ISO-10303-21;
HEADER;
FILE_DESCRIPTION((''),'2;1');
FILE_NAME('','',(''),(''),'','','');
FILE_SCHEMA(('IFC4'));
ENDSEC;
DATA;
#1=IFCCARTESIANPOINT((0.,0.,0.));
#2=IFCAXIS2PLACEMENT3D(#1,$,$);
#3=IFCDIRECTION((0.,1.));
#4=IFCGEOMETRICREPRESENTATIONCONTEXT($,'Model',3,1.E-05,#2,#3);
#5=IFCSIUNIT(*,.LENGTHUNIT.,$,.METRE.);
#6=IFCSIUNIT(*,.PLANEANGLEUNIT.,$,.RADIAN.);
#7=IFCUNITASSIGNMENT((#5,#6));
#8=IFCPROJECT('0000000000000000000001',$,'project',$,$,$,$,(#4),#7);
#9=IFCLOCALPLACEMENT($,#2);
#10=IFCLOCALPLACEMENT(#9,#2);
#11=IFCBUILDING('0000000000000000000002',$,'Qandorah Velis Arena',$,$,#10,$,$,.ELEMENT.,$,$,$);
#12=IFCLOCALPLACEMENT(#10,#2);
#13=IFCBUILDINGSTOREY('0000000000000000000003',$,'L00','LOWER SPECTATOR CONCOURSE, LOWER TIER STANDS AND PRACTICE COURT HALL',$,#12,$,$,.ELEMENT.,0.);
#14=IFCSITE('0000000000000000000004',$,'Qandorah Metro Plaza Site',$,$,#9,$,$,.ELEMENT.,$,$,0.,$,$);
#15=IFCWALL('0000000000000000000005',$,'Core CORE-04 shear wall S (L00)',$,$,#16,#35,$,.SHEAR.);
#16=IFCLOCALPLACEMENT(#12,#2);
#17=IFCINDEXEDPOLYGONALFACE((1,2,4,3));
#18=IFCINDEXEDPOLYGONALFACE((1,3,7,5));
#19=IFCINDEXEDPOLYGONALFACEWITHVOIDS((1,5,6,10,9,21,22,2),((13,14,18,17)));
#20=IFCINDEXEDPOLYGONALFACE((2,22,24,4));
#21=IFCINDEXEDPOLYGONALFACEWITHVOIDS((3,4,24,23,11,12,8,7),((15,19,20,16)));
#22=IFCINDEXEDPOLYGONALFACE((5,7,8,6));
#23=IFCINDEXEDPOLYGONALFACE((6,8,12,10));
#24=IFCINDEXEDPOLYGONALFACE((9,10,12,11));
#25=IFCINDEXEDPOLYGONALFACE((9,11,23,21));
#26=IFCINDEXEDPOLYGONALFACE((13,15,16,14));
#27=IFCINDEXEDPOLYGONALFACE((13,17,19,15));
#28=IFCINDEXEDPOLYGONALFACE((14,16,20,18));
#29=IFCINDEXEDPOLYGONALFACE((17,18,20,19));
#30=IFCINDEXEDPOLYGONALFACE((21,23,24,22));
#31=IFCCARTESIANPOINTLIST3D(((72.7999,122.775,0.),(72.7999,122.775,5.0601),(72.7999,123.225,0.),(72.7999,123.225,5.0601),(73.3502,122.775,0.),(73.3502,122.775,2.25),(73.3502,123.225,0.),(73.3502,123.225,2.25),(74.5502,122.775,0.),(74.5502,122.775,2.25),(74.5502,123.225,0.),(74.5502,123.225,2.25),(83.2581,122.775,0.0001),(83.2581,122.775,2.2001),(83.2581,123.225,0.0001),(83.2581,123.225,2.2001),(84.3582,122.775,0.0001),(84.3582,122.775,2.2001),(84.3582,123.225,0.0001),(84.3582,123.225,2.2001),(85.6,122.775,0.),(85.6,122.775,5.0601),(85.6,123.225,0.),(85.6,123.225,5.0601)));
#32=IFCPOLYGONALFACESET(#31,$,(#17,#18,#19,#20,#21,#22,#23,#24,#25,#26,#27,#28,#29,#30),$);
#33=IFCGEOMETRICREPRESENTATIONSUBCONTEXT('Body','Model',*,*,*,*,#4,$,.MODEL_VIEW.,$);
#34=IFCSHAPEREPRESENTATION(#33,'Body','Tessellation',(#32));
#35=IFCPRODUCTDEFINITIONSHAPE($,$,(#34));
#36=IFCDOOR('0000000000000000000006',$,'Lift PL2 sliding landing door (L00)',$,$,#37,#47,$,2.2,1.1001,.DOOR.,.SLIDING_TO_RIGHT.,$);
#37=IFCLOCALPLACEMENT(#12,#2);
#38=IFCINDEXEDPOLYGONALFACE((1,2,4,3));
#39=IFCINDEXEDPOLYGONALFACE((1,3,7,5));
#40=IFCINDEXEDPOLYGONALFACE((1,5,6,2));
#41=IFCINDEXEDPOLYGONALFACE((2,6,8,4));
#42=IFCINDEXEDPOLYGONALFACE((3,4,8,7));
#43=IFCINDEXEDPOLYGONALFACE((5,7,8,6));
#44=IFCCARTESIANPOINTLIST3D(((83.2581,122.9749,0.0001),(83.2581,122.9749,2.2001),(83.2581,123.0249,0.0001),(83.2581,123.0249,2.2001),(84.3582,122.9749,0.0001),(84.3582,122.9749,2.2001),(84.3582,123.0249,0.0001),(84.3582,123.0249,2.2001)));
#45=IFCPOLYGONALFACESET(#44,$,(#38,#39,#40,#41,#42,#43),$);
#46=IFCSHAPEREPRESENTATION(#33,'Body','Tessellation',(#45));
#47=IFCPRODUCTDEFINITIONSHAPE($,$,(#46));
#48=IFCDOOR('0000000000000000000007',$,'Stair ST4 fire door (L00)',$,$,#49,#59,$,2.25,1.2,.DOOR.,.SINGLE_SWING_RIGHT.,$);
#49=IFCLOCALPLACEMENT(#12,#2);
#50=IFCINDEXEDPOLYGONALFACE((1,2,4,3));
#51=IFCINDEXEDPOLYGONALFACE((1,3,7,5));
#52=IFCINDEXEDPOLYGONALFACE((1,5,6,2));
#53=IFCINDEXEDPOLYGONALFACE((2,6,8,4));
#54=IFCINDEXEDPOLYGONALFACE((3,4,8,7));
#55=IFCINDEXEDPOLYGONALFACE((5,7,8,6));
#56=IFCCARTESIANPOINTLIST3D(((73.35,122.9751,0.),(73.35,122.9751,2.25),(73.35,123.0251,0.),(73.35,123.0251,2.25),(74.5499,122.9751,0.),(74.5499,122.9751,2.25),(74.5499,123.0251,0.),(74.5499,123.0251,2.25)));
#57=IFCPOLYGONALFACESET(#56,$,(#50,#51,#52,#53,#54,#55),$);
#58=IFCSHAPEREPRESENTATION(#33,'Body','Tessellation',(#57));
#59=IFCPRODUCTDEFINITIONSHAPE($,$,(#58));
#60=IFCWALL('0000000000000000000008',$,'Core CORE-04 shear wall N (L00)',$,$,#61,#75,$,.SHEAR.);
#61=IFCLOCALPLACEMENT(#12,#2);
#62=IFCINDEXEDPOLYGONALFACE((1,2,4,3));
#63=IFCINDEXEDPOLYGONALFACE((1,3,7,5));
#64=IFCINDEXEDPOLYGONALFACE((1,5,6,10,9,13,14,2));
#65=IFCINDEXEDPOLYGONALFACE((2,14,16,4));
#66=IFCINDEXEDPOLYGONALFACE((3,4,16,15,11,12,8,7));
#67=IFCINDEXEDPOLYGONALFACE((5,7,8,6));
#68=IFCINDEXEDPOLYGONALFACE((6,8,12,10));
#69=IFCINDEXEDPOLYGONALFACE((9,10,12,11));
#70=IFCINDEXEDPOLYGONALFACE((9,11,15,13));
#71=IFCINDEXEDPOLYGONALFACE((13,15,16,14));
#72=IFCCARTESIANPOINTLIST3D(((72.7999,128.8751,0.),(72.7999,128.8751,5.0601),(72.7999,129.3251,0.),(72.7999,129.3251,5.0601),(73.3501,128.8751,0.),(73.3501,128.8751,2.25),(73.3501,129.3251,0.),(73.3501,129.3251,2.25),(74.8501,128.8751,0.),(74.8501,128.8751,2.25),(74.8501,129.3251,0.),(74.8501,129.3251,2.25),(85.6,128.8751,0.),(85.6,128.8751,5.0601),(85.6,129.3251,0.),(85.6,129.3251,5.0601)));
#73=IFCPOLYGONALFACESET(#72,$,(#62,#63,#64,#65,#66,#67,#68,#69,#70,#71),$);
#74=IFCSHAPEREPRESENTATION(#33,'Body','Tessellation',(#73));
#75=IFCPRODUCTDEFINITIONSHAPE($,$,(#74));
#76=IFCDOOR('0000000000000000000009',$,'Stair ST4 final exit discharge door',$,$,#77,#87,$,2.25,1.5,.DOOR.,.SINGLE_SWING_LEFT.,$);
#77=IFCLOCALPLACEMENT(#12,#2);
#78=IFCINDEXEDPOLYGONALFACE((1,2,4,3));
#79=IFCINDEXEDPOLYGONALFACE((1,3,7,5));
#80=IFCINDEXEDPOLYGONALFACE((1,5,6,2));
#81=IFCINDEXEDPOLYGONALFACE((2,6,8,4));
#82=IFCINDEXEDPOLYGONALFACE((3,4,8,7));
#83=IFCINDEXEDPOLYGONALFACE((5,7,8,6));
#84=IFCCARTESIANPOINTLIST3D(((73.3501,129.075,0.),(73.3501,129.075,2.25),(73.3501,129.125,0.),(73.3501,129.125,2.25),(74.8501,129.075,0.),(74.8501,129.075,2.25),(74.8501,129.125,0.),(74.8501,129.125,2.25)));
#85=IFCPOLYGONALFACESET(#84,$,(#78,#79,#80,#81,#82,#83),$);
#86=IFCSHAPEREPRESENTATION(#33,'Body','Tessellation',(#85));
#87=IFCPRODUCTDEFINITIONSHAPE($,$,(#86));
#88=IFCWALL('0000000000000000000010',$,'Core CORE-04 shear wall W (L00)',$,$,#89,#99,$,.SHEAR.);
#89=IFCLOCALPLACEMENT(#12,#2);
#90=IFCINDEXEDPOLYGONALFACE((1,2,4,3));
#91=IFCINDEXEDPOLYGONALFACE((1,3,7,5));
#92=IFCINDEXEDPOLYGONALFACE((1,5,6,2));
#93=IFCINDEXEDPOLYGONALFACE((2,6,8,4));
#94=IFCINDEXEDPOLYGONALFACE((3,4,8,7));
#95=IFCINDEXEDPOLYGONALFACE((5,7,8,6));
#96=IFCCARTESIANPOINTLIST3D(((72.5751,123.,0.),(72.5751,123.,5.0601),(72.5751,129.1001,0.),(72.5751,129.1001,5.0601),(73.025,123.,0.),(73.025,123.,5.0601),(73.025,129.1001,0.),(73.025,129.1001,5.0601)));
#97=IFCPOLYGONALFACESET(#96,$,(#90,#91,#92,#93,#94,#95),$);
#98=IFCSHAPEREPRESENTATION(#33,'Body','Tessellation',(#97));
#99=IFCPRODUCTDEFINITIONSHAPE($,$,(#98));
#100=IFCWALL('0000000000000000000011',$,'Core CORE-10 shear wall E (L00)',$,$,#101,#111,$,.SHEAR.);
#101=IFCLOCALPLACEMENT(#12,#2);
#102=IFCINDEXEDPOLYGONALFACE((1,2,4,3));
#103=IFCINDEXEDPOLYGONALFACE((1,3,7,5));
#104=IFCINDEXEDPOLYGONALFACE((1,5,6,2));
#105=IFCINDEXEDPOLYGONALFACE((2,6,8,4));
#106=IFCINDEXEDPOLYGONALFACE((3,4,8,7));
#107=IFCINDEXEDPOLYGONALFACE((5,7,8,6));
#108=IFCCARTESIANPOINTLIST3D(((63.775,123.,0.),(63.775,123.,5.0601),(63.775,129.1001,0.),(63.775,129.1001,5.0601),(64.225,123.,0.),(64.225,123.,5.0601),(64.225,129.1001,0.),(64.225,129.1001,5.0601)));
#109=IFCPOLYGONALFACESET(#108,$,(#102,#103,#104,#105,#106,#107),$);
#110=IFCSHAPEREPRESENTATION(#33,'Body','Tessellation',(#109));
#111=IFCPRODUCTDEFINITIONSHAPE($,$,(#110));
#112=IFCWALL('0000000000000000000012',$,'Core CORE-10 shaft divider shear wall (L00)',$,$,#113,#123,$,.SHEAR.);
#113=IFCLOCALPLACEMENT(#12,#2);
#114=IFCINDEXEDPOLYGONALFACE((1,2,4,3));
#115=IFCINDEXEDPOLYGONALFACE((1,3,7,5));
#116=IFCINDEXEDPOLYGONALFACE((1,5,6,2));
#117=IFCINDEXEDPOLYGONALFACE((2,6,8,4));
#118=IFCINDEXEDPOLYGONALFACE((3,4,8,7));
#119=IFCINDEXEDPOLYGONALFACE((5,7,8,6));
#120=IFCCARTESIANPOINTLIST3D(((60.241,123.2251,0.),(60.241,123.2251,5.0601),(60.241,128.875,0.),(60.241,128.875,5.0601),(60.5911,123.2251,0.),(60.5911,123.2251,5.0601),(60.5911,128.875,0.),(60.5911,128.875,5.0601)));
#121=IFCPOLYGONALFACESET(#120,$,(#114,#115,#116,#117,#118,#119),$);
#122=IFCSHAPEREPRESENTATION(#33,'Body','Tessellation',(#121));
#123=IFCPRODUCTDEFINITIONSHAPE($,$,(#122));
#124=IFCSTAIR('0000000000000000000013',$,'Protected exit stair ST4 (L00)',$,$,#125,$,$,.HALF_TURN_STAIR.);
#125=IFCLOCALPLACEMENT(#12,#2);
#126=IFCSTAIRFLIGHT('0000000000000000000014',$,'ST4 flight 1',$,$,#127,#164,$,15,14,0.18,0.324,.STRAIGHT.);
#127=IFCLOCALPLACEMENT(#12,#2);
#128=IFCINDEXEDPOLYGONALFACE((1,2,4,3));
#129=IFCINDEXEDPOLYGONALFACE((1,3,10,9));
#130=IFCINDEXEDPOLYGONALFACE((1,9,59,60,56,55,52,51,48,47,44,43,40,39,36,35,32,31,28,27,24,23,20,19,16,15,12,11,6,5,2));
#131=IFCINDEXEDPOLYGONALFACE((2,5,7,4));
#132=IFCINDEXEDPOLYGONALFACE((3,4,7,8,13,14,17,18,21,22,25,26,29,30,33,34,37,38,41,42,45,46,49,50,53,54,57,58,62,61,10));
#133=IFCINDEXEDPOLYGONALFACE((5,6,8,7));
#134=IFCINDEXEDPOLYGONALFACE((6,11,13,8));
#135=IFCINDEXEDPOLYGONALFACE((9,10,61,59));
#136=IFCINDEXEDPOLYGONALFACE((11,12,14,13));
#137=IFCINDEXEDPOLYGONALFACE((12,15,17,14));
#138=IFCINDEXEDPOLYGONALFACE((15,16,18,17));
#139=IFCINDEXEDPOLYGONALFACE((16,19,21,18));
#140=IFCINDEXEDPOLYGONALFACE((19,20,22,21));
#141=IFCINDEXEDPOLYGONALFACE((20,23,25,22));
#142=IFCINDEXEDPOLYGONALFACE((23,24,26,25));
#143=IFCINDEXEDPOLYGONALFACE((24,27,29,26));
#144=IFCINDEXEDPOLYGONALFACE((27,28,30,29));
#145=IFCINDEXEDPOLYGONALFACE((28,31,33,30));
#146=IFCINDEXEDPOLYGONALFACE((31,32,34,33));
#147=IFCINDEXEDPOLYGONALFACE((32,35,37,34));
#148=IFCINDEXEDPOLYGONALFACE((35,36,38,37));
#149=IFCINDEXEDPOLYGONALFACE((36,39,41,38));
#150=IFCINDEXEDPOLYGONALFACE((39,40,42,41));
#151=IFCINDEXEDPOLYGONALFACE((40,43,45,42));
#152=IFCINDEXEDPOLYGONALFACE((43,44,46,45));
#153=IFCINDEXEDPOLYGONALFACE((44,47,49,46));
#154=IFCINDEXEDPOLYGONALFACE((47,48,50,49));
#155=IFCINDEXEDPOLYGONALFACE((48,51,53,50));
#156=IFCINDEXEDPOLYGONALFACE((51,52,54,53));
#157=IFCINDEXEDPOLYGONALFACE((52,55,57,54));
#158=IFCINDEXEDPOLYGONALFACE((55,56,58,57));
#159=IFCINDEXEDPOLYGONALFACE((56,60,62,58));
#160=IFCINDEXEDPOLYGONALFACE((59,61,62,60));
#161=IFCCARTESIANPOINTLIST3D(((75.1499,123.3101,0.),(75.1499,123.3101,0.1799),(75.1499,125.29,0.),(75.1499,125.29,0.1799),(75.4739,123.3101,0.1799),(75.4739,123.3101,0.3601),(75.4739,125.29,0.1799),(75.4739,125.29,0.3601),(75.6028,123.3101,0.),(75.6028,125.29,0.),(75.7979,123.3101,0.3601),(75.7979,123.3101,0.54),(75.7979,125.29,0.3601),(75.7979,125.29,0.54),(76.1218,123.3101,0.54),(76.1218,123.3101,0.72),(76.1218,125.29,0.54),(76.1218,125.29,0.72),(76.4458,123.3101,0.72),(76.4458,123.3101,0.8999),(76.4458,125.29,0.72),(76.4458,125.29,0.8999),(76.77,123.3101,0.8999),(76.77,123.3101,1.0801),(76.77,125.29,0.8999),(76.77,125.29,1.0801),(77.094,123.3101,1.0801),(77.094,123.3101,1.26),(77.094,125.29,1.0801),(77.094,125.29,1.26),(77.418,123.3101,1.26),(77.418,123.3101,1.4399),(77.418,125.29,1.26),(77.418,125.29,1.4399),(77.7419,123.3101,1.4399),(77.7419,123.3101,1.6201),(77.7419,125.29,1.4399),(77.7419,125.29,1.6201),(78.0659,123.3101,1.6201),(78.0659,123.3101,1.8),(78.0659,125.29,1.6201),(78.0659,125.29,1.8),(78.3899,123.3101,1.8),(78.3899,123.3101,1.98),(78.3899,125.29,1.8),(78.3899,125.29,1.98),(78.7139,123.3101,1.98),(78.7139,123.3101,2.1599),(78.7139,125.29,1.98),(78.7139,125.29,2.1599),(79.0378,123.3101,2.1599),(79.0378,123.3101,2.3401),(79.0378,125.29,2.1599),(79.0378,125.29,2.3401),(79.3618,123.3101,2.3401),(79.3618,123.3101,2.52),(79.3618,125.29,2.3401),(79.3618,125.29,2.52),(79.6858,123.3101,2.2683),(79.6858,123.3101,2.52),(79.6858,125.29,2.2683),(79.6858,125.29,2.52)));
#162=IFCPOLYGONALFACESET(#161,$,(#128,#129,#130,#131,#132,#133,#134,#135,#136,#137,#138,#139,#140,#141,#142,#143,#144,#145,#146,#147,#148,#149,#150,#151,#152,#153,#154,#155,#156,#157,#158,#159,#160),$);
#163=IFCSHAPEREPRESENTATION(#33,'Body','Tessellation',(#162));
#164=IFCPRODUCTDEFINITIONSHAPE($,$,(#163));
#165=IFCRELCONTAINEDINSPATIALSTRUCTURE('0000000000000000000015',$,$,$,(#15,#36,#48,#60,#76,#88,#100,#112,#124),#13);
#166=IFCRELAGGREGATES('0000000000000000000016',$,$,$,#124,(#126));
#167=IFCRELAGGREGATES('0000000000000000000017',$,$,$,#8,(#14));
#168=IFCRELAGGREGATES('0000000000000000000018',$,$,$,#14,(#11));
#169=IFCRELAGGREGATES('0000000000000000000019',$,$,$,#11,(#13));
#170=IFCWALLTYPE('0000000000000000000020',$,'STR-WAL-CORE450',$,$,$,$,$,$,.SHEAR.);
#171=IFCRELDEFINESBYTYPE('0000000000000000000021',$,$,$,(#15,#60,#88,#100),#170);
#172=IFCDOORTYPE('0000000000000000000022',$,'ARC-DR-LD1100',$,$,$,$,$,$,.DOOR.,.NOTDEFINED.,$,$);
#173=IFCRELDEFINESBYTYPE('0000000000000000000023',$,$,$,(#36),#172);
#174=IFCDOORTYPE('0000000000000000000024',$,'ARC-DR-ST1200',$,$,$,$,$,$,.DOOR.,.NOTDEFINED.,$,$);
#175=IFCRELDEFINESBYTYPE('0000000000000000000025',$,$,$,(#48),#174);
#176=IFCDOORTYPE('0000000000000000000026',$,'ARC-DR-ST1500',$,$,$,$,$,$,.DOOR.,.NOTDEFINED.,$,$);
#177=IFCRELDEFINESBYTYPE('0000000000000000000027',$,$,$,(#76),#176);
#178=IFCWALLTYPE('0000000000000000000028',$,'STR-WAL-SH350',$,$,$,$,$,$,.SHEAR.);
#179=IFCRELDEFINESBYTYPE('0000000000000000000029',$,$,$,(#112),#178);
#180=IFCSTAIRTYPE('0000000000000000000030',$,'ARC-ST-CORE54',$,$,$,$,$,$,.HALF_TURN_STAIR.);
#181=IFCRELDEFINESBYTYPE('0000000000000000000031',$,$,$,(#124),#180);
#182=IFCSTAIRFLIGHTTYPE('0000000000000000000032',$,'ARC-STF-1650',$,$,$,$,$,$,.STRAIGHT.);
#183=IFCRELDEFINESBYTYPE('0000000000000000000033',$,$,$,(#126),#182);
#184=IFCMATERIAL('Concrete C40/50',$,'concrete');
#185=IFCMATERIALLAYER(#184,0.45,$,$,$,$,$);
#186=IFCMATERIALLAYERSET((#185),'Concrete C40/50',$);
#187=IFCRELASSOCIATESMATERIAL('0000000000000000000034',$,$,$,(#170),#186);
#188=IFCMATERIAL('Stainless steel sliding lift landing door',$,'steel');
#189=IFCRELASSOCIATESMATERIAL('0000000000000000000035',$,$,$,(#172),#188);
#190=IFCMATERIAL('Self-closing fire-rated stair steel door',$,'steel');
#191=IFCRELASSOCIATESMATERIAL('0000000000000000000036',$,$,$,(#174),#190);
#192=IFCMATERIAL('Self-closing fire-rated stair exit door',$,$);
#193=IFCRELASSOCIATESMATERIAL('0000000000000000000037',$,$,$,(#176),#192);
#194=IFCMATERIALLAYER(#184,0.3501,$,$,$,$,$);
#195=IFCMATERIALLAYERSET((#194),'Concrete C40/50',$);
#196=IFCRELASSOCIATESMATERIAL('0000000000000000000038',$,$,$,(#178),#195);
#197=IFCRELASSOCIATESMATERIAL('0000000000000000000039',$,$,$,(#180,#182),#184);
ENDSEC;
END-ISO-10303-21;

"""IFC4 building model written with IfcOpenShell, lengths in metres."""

from ifc_helpers import new_model, si_unit, direction, frame, frame_2d, origin, place, context, subcontext, project, spatial, polyline, rectangle, outline, extrude, material, layer, layer_set, type_object, element, fill, aggregate, save


model = new_model("IFC4")

# Units and contexts
model_context = context("Model", 3, precision=1e-05, world=origin(), true_north=direction((0.0, 1.0)))
body_context = subcontext(model_context, "Body", "Model", "MODEL_VIEW")
ifc_project = project(units=[si_unit("LENGTHUNIT", "METRE"), si_unit("PLANEANGLEUNIT", "RADIAN")], contexts=[model_context])

# Site, building, storey
site_placement = place(None, origin())
site = spatial("IfcSite", under=ifc_project, at=site_placement, Name="Qandorah Metro Plaza Site", CompositionType="ELEMENT", RefElevation=0.0)
building_placement = place(site_placement, origin())
building = spatial("IfcBuilding", under=site, at=building_placement, Name="Qandorah Velis Arena", CompositionType="ELEMENT")
storey_placement = place(building_placement, origin())
storey = spatial("IfcBuildingStorey", under=building, at=storey_placement, Name="L00", Description="LOWER SPECTATOR CONCOURSE, LOWER TIER STANDS AND PRACTICE COURT HALL", CompositionType="ELEMENT", Elevation=0.0)

# Shared definitions
ifc_material_1 = material(Name="Concrete C40/50", Category="concrete")

# Wall, openings, doors
ifc_layer_1 = layer(ifc_material_1, 0.45)
ifc_layer_set_1 = layer_set([ifc_layer_1], Name="Concrete C40/50")
wall_type_1 = type_object("IfcWallType", Name="STR-WAL-CORE450", PredefinedType="SHEAR", material=ifc_layer_set_1)
wall_1_placement = place(storey_placement, frame((72.8, 123.0, 0.0), z_axis=(0.0, 0.0, 1.0), x_axis=(1.0, 0.0, 0.0)))
wall_1 = element("IfcWall", 1, at=wall_1_placement, inside=storey, type_object=wall_type_1, Name="Core CORE-04 shear wall S (L00)", PredefinedType="SHEAR", context=body_context, shape_type="SweptSolid", body=[
    extrude(rectangle(XDim=12.8, YDim=0.45, at=frame_2d((6.3999, 0.0))), origin(), (0.0, 0.0, 1.0), 5.0601),
])
opening_1_placement = place(wall_1_placement, frame((0.55, 0.0, 0.0)))
opening_1 = element("IfcOpeningElement", 2, at=opening_1_placement, cuts=wall_1, PredefinedType="OPENING", context=body_context, shape_type="SweptSolid", body=[
    extrude(rectangle(XDim=1.2, YDim=2.25, at=frame_2d((0.6001, 1.125))), frame((0.0, 0.2349, 0.0), z_axis=(0.0, -1.0, 0.0), x_axis=(1.0, 0.0, 0.0)), (0.0, 0.0, 1.0), 0.47),
])
opening_2_placement = place(wall_1_placement, frame((10.458, 0.0, 0.0)))
opening_2 = element("IfcOpeningElement", 3, at=opening_2_placement, cuts=wall_1, PredefinedType="OPENING", context=body_context, shape_type="SweptSolid", body=[
    extrude(rectangle(XDim=1.1001, YDim=2.2, at=frame_2d((0.55, 1.1001))), frame((0.0, 0.2349, 0.0), z_axis=(0.0, -1.0, 0.0), x_axis=(1.0, 0.0, 0.0)), (0.0, 0.0, 1.0), 0.47),
])
ifc_material_2 = material(Name="Stainless steel sliding lift landing door", Category="steel")
door_type_1 = type_object("IfcDoorType", Name="ARC-DR-LD1100", OperationType="NOTDEFINED", PredefinedType="DOOR", material=ifc_material_2)
door_1_placement = place(opening_2_placement, origin())
door_1 = element("IfcDoor", 4, at=door_1_placement, inside=storey, type_object=door_type_1, Name="Lift PL2 sliding landing door (L00)", OperationType="SLIDING_TO_RIGHT", OverallHeight=2.2, OverallWidth=1.1001, PredefinedType="DOOR", context=body_context, shape_type="SweptSolid", body=[
    extrude(rectangle(XDim=1.1001, YDim=2.2, at=frame_2d((0.55, 1.1001))), frame((0.0, 0.0249, 0.0), z_axis=(0.0, -1.0, 0.0), x_axis=(1.0, 0.0, 0.0)), (0.0, 0.0, 1.0), 0.05),
])
fill(opening_2, door_1)
ifc_material_3 = material(Name="Self-closing fire-rated stair steel door", Category="steel")
door_type_2 = type_object("IfcDoorType", Name="ARC-DR-ST1200", OperationType="NOTDEFINED", PredefinedType="DOOR", material=ifc_material_3)
door_2_placement = place(opening_1_placement, frame((1.2, 0.0, 0.0), z_axis=(0.0, 0.0, 1.0), x_axis=(-1.0, 0.0, 0.0)))
door_2 = element("IfcDoor", 5, at=door_2_placement, inside=storey, type_object=door_type_2, Name="Stair ST4 fire door (L00)", OperationType="SINGLE_SWING_RIGHT", OverallHeight=2.25, OverallWidth=1.2, PredefinedType="DOOR", context=body_context, shape_type="SweptSolid", body=[
    extrude(rectangle(XDim=1.2, YDim=2.25, at=frame_2d((0.6001, 1.125))), frame((0.0, 0.0249, 0.0), z_axis=(0.0, -1.0, 0.0), x_axis=(1.0, 0.0, 0.0)), (0.0, 0.0, 1.0), 0.05),
])
fill(opening_1, door_2)

# Wall, opening, door
wall_2_placement = place(storey_placement, frame((72.8, 129.1001, 0.0), z_axis=(0.0, 0.0, 1.0), x_axis=(1.0, 0.0, 0.0)))
wall_2 = element("IfcWall", 6, at=wall_2_placement, inside=storey, type_object=wall_type_1, Name="Core CORE-04 shear wall N (L00)", PredefinedType="SHEAR", context=body_context, shape_type="SweptSolid", body=[
    extrude(rectangle(XDim=12.8, YDim=0.45, at=frame_2d((6.3999, 0.0))), origin(), (0.0, 0.0, 1.0), 5.0601),
])
opening_3_placement = place(wall_2_placement, frame((0.55, 0.0, 0.0)))
opening_3 = element("IfcOpeningElement", 7, at=opening_3_placement, cuts=wall_2, PredefinedType="OPENING", context=body_context, shape_type="SweptSolid", body=[
    extrude(rectangle(XDim=1.5, YDim=2.25, at=frame_2d((0.75, 1.125))), frame((0.0, 0.2349, 0.0), z_axis=(0.0, -1.0, 0.0), x_axis=(1.0, 0.0, 0.0)), (0.0, 0.0, 1.0), 0.47),
])
ifc_material_4 = material(Name="Self-closing fire-rated stair exit door")
door_type_3 = type_object("IfcDoorType", Name="ARC-DR-ST1500", OperationType="NOTDEFINED", PredefinedType="DOOR", material=ifc_material_4)
door_3_placement = place(opening_3_placement, origin())
door_3 = element("IfcDoor", 8, at=door_3_placement, inside=storey, type_object=door_type_3, Name="Stair ST4 final exit discharge door", OperationType="SINGLE_SWING_LEFT", OverallHeight=2.25, OverallWidth=1.5, PredefinedType="DOOR", context=body_context, shape_type="SweptSolid", body=[
    extrude(rectangle(XDim=1.5, YDim=2.25, at=frame_2d((0.75, 1.125))), frame((0.0, 0.0249, 0.0), z_axis=(0.0, -1.0, 0.0), x_axis=(1.0, 0.0, 0.0)), (0.0, 0.0, 1.0), 0.05),
])
fill(opening_3, door_3)

# Walls
for number, where, z_axis, x_axis, name in (
    (9, (72.8, 123.0, 0.0), (0.0, 0.0, 1.0), (0.0, 1.0, 0.0), "Core CORE-04 shear wall W (L00)"),
    (10, (64.0, 123.0, 0.0), (0.0, 0.0, 1.0), (0.0, 1.0, 0.0), "Core CORE-10 shear wall E (L00)"),
):
    element("IfcWall", number, at=place(storey_placement, frame(where, z_axis=z_axis, x_axis=x_axis)), inside=storey, type_object=wall_type_1, Name=name, PredefinedType="SHEAR", context=body_context, shape_type="SweptSolid", body=[
        extrude(rectangle(XDim=6.1001, YDim=0.45, at=frame_2d((3.05, 0.0))), origin(), (0.0, 0.0, 1.0), 5.0601),
    ])
ifc_layer_2 = layer(ifc_material_1, 0.3501)
ifc_layer_set_2 = layer_set([ifc_layer_2], Name="Concrete C40/50")
wall_type_2 = type_object("IfcWallType", Name="STR-WAL-SH350", PredefinedType="SHEAR", material=ifc_layer_set_2)
wall_3_placement = place(storey_placement, frame((60.416, 123.2251, 0.0), z_axis=(0.0, 0.0, 1.0), x_axis=(0.0, 1.0, 0.0)))
element("IfcWall", 11, at=wall_3_placement, inside=storey, type_object=wall_type_2, Name="Core CORE-10 shaft divider shear wall (L00)", PredefinedType="SHEAR", context=body_context, shape_type="SweptSolid", body=[
    extrude(rectangle(XDim=5.6499, YDim=0.3501, at=frame_2d((2.825, 0.0))), origin(), (0.0, 0.0, 1.0), 5.0601),
])

# Stair, stair flight
stair_type = type_object("IfcStairType", Name="ARC-ST-CORE54", PredefinedType="HALF_TURN_STAIR", material=ifc_material_1)
stair_1_placement = place(storey_placement, origin())
stair_1 = element("IfcStair", 12, at=stair_1_placement, inside=storey, type_object=stair_type, Name="Protected exit stair ST4 (L00)", PredefinedType="HALF_TURN_STAIR")
stair_flight_type = type_object("IfcStairFlightType", Name="ARC-STF-1650", PredefinedType="STRAIGHT", material=ifc_material_1)
stair_flight_1_placement = place(storey_placement, frame((75.1499, 124.3, 0.0), z_axis=(0.0, 0.0, 1.0), x_axis=(1.0, 0.0, 0.0)))
stair_flight_1 = element("IfcStairFlight", 13, at=stair_flight_1_placement, type_object=stair_flight_type, Name="ST4 flight 1", NumberOfRisers=15, NumberOfTreads=14, PredefinedType="STRAIGHT", RiserHeight=0.18, TreadLength=0.324, context=body_context, shape_type="SweptSolid", body=[
    extrude(outline(polyline([(0.0, 0.0), (0.0, 0.1799), (0.324, 0.1799), (0.324, 0.3601), (0.6479, 0.3601), (0.6479, 0.54), (0.9719, 0.54), (0.9719, 0.72), (1.2959, 0.72), (1.2959, 0.8999), (1.6201, 0.8999), (1.6201, 1.0801), (1.9441, 1.0801), (1.9441, 1.26), (2.2681, 1.26), (2.2681, 1.4399), (2.592, 1.4399), (2.592, 1.6201), (2.916, 1.6201), (2.916, 1.8), (3.24, 1.8), (3.24, 1.98), (3.564, 1.98), (3.564, 2.1599), (3.8879, 2.1599), (3.8879, 2.3401), (4.2119, 2.3401), (4.2119, 2.52), (4.5359, 2.52), (4.5359, 2.7), (4.5359, 2.2683), (0.4529, 0.0), (0.0, 0.0)])), frame((0.0, 0.99, 0.0), z_axis=(0.0, -1.0, 0.0), x_axis=(1.0, 0.0, 0.0)), (0.0, 0.0, 1.0), 1.98),
])
aggregate(stair_1, [stair_flight_1])

save(model, "model.ifc")
